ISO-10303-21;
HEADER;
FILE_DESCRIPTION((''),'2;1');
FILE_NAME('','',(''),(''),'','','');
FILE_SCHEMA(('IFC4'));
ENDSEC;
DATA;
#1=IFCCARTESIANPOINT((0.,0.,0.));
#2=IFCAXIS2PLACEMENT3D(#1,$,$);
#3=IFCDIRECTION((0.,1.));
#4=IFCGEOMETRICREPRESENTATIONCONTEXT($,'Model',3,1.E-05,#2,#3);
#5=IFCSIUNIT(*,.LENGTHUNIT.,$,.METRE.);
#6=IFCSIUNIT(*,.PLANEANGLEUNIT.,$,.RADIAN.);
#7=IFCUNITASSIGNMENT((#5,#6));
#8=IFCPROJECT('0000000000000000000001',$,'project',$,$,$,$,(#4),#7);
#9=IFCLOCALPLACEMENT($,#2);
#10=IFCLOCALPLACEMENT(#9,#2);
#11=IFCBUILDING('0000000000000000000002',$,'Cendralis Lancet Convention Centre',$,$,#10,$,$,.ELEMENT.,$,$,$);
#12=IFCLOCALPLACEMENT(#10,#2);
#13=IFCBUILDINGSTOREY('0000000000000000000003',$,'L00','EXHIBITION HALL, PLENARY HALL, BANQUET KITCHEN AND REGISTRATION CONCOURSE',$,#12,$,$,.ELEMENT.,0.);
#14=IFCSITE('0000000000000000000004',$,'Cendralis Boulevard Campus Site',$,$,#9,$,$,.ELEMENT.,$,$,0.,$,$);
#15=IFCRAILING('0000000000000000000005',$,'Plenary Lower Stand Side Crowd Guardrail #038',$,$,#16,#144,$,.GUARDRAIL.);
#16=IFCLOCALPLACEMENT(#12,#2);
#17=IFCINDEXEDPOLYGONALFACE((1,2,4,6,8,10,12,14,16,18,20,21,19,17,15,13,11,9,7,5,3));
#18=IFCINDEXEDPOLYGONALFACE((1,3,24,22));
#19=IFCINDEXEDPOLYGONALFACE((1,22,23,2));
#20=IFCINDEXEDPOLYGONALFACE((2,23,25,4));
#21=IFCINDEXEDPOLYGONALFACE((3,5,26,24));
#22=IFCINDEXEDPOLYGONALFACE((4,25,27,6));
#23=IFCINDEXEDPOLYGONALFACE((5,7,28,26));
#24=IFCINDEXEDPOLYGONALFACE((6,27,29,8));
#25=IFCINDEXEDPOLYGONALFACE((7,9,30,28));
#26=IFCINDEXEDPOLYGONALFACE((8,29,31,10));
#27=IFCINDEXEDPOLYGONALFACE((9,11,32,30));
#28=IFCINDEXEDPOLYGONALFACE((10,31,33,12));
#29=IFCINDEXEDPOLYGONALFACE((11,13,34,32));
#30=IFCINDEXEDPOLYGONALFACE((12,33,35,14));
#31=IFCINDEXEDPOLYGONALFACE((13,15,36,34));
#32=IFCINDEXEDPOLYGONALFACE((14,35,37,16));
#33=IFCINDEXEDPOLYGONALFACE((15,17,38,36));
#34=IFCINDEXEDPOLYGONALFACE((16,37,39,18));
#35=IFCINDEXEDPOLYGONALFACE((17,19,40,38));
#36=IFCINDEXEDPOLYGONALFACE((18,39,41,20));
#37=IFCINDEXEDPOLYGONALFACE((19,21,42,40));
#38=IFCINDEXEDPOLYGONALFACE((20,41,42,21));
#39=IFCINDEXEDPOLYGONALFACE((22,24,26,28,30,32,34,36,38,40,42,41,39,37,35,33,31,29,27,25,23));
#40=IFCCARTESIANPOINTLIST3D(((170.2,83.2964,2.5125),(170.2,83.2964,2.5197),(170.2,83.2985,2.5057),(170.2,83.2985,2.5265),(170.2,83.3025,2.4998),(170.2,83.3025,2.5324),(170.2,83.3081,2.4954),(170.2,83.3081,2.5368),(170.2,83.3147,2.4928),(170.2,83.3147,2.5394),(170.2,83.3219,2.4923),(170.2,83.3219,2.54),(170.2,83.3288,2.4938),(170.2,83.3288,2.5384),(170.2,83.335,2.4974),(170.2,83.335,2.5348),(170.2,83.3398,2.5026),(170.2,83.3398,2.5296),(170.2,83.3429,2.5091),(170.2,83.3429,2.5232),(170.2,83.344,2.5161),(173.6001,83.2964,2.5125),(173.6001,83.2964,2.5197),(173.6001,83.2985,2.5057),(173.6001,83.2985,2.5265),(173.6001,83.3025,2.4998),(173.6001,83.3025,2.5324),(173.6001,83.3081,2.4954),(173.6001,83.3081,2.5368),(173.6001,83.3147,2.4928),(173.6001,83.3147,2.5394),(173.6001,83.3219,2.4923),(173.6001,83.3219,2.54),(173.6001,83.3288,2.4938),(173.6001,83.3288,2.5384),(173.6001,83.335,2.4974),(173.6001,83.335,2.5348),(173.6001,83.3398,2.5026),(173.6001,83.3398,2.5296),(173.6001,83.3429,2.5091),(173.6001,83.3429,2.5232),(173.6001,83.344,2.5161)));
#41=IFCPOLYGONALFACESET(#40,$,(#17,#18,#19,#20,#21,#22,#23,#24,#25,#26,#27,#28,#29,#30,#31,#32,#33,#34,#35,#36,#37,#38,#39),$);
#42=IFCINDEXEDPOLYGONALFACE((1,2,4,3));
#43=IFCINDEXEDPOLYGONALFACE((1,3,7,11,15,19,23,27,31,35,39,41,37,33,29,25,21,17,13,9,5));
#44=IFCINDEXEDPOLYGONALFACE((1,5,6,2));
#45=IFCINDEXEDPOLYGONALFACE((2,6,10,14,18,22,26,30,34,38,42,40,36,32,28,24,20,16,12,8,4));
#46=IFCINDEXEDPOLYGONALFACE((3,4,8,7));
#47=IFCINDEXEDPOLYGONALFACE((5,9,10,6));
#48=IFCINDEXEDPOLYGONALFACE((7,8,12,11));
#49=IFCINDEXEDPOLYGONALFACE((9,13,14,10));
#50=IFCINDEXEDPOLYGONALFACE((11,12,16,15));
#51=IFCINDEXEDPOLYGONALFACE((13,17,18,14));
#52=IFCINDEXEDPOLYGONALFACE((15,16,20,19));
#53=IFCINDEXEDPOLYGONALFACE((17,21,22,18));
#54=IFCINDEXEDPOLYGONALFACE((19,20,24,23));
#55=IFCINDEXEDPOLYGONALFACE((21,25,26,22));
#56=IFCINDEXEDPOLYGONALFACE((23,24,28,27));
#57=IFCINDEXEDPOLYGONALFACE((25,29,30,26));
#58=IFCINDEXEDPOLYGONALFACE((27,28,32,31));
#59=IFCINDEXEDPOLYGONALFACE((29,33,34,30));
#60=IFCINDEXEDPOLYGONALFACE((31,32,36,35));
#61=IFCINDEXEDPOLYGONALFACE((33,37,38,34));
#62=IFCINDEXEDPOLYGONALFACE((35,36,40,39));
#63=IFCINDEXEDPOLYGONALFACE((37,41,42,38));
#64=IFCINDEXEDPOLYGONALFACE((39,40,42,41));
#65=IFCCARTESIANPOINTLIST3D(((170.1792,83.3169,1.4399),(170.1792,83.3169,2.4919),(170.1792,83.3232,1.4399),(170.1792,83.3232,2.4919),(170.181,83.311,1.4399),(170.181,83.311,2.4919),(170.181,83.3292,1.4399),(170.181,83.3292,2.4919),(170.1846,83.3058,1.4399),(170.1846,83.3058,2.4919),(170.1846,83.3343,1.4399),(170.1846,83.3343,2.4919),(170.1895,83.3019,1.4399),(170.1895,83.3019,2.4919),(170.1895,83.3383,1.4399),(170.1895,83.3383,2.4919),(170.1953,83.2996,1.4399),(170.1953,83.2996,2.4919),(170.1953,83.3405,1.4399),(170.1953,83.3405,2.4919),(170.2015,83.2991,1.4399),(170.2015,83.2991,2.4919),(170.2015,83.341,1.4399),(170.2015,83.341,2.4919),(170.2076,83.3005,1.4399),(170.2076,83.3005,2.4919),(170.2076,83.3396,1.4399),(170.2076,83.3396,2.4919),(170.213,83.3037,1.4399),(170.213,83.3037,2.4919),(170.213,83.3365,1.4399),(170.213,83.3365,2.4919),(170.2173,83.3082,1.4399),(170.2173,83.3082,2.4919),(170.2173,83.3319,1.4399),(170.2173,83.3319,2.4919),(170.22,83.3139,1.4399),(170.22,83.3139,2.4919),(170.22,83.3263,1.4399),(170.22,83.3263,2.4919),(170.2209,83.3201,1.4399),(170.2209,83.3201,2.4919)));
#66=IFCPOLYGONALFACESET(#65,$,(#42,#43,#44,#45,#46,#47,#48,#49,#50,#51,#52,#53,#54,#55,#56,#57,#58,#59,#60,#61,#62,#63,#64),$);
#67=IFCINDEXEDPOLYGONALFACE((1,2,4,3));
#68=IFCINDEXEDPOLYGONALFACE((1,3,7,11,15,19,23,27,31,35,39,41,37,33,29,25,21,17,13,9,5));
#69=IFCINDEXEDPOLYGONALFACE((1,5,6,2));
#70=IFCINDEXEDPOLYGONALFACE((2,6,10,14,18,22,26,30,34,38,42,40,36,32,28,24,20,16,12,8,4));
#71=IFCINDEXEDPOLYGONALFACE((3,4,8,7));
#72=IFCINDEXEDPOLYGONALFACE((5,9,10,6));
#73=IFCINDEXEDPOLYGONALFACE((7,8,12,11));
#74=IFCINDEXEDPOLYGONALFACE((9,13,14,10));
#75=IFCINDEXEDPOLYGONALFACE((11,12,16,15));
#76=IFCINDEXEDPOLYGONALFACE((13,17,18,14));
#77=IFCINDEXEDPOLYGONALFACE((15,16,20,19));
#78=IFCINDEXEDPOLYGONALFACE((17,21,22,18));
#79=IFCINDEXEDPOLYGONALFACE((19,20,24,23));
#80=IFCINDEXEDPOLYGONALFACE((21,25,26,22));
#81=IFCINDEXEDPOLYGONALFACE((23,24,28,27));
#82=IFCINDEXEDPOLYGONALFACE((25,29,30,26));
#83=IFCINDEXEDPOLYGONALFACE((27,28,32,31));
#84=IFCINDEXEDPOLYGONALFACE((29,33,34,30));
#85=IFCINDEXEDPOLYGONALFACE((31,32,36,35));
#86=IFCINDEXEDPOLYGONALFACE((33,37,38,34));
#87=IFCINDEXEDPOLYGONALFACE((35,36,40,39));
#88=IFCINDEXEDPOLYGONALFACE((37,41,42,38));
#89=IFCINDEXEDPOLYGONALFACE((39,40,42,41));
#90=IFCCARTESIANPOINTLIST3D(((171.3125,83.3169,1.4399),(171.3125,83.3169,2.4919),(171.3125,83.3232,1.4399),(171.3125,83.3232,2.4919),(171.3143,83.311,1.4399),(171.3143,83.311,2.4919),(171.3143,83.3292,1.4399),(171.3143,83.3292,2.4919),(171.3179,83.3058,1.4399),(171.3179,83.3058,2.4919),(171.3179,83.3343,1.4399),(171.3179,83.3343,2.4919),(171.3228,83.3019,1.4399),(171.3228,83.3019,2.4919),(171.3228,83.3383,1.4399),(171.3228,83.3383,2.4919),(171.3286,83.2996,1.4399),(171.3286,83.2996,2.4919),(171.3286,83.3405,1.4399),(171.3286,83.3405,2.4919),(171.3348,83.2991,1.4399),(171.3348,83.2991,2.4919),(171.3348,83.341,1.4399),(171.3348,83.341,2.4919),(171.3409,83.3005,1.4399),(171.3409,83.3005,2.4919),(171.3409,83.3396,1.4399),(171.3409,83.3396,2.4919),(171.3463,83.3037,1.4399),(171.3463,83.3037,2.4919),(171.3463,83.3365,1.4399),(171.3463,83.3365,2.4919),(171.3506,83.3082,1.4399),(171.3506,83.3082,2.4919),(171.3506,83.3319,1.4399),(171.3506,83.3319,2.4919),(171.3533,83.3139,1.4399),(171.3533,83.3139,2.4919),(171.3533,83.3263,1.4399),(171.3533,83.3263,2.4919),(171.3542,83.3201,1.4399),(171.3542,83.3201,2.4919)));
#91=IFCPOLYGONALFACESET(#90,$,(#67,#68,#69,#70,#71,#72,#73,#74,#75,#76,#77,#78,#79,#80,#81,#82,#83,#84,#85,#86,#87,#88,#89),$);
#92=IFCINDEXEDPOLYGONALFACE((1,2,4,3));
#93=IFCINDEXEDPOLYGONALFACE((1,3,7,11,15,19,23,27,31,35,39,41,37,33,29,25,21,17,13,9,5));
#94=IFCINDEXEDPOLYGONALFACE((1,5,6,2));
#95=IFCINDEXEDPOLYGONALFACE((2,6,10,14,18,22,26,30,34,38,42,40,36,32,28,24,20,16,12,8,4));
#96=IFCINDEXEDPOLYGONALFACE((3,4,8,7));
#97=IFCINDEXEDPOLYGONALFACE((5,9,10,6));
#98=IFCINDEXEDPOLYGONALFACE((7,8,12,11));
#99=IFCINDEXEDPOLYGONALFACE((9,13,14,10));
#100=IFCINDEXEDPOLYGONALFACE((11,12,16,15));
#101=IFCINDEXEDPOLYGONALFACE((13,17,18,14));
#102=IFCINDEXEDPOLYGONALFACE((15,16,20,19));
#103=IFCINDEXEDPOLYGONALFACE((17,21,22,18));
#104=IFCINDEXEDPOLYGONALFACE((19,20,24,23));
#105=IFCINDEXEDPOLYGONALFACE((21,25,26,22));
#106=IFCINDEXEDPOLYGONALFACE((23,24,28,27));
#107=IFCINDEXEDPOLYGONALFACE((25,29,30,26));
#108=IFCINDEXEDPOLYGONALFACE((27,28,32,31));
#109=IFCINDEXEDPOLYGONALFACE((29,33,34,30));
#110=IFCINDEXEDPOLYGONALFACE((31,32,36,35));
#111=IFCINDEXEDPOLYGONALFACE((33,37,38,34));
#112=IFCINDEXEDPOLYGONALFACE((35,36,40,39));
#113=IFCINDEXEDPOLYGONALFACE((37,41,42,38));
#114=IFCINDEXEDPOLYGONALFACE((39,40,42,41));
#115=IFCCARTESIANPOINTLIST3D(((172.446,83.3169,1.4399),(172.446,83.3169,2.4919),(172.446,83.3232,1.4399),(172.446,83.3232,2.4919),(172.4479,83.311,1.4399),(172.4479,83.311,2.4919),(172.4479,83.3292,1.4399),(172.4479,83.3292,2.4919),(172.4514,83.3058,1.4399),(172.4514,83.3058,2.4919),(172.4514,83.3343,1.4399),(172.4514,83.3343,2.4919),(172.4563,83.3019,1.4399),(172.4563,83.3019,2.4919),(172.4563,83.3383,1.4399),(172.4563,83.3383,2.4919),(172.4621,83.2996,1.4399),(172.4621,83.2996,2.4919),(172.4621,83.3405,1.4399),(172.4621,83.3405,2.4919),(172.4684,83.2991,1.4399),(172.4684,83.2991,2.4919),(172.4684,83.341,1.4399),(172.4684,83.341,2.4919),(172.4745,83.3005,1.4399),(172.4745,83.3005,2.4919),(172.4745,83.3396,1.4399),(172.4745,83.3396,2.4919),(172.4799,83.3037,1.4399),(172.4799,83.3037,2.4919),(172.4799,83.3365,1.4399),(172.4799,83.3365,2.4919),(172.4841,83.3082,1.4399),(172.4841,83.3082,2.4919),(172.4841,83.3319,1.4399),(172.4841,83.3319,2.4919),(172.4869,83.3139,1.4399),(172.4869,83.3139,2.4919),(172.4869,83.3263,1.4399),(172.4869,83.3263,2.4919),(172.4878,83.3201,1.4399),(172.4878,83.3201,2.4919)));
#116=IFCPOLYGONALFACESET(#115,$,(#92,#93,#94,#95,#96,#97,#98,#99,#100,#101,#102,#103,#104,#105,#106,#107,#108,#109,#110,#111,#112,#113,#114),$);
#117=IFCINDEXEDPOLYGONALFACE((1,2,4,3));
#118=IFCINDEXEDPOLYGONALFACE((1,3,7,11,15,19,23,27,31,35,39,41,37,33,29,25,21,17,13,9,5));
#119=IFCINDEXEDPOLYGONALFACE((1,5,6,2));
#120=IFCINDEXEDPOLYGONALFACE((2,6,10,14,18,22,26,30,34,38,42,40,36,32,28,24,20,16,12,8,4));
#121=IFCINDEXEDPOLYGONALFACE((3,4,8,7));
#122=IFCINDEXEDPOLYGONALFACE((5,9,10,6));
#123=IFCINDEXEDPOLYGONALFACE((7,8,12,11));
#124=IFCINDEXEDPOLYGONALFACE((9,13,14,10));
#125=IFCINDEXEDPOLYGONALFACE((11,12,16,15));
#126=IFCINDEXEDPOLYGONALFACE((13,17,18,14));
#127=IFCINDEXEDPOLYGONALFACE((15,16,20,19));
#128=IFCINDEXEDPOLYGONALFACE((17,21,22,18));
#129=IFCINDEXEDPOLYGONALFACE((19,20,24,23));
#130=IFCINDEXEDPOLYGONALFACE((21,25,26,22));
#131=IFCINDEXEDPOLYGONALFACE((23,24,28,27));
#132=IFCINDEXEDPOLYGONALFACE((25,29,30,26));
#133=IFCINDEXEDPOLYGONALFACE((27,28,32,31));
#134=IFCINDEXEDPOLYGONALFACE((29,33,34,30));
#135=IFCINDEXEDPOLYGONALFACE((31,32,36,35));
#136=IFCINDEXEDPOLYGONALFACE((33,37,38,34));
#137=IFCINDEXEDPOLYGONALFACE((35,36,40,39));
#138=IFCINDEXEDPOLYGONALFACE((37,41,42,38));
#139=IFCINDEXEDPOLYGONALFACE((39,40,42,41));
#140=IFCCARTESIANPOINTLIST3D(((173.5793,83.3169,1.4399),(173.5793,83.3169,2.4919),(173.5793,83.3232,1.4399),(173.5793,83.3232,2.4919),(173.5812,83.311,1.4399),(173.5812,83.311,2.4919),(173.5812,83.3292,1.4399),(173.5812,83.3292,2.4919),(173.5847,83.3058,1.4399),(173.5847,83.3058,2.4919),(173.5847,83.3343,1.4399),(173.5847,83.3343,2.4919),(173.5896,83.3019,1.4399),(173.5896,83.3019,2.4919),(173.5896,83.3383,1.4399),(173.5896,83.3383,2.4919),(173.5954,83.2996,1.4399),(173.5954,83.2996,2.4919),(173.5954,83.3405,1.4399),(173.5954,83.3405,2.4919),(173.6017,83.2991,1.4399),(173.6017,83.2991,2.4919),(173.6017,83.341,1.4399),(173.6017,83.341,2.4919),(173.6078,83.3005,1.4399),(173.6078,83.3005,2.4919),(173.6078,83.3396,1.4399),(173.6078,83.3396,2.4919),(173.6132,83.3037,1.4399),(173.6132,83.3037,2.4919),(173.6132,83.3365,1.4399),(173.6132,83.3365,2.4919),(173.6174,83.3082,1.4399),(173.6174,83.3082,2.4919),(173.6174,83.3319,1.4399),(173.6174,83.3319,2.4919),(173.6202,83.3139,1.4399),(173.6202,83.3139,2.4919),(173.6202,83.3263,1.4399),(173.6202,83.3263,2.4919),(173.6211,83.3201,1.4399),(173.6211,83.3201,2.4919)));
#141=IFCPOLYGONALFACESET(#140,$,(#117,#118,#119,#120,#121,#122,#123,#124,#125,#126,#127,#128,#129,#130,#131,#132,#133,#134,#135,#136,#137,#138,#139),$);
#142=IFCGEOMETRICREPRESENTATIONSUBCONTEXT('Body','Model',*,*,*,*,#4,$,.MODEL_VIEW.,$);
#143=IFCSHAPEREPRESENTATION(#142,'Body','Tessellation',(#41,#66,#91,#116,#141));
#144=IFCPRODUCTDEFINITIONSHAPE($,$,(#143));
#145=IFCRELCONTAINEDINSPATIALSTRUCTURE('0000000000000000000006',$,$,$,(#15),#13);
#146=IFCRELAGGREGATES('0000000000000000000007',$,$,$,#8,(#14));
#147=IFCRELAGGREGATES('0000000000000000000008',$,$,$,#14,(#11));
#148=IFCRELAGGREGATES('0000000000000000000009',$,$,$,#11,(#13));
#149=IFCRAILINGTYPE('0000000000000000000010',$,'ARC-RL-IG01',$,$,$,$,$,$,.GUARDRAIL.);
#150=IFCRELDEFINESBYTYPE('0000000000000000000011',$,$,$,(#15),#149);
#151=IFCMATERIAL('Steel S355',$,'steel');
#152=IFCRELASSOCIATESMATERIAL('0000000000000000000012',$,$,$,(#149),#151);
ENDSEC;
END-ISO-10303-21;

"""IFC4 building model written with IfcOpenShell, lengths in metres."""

from ifc_helpers import new_model, si_unit, direction, frame, origin, origin_2d, place, context, subcontext, project, spatial, circle, extrude, material, type_object, element, save


model = new_model("IFC4")

# Units and contexts
model_context = context("Model", 3, precision=1e-05, world=origin(), true_north=direction((0.0, 1.0)))
body_context = subcontext(model_context, "Body", "Model", "MODEL_VIEW")
ifc_project = project(units=[si_unit("LENGTHUNIT", "METRE"), si_unit("PLANEANGLEUNIT", "RADIAN")], contexts=[model_context])

# Site, building, storey
site_placement = place(None, origin())
site = spatial("IfcSite", under=ifc_project, at=site_placement, Name="Cendralis Boulevard Campus Site", CompositionType="ELEMENT", RefElevation=0.0)
building_placement = place(site_placement, origin())
building = spatial("IfcBuilding", under=site, at=building_placement, Name="Cendralis Lancet Convention Centre", CompositionType="ELEMENT")
storey_placement = place(building_placement, origin())
storey = spatial("IfcBuildingStorey", under=building, at=storey_placement, Name="L00", Description="EXHIBITION HALL, PLENARY HALL, BANQUET KITCHEN AND REGISTRATION CONCOURSE", CompositionType="ELEMENT", Elevation=0.0)

# Railing
ifc_material_1 = material(Name="Steel S355", Category="steel")
railing_type = type_object("IfcRailingType", Name="ARC-RL-IG01", PredefinedType="GUARDRAIL", material=ifc_material_1)
railing_placement = place(storey_placement, frame((170.2, 83.3201, 1.4399)))
element("IfcRailing", 1, at=railing_placement, inside=storey, type_object=railing_type, Name="Plenary Lower Stand Side Crowd Guardrail #038", PredefinedType="GUARDRAIL", context=body_context, shape_type="SweptSolid", body=[
    extrude(circle(Radius=0.0239, at=origin_2d()), frame((0.0, 0.0, 1.0762), z_axis=(1.0, 0.0, 0.0), x_axis=(0.0, 1.0, 0.0)), (0.0, 0.0, 1.0), 3.4001),
    extrude(circle(Radius=0.021, at=origin_2d()), origin(), (0.0, 0.0, 1.0), 1.052),
    extrude(circle(Radius=0.021, at=origin_2d()), frame((1.1333, 0.0, 0.0)), (0.0, 0.0, 1.0), 1.052),
    extrude(circle(Radius=0.021, at=origin_2d()), frame((2.2668, 0.0, 0.0)), (0.0, 0.0, 1.0), 1.052),
    extrude(circle(Radius=0.021, at=origin_2d()), frame((3.4001, 0.0, 0.0)), (0.0, 0.0, 1.0), 1.052),
])

save(model, "model.ifc")
